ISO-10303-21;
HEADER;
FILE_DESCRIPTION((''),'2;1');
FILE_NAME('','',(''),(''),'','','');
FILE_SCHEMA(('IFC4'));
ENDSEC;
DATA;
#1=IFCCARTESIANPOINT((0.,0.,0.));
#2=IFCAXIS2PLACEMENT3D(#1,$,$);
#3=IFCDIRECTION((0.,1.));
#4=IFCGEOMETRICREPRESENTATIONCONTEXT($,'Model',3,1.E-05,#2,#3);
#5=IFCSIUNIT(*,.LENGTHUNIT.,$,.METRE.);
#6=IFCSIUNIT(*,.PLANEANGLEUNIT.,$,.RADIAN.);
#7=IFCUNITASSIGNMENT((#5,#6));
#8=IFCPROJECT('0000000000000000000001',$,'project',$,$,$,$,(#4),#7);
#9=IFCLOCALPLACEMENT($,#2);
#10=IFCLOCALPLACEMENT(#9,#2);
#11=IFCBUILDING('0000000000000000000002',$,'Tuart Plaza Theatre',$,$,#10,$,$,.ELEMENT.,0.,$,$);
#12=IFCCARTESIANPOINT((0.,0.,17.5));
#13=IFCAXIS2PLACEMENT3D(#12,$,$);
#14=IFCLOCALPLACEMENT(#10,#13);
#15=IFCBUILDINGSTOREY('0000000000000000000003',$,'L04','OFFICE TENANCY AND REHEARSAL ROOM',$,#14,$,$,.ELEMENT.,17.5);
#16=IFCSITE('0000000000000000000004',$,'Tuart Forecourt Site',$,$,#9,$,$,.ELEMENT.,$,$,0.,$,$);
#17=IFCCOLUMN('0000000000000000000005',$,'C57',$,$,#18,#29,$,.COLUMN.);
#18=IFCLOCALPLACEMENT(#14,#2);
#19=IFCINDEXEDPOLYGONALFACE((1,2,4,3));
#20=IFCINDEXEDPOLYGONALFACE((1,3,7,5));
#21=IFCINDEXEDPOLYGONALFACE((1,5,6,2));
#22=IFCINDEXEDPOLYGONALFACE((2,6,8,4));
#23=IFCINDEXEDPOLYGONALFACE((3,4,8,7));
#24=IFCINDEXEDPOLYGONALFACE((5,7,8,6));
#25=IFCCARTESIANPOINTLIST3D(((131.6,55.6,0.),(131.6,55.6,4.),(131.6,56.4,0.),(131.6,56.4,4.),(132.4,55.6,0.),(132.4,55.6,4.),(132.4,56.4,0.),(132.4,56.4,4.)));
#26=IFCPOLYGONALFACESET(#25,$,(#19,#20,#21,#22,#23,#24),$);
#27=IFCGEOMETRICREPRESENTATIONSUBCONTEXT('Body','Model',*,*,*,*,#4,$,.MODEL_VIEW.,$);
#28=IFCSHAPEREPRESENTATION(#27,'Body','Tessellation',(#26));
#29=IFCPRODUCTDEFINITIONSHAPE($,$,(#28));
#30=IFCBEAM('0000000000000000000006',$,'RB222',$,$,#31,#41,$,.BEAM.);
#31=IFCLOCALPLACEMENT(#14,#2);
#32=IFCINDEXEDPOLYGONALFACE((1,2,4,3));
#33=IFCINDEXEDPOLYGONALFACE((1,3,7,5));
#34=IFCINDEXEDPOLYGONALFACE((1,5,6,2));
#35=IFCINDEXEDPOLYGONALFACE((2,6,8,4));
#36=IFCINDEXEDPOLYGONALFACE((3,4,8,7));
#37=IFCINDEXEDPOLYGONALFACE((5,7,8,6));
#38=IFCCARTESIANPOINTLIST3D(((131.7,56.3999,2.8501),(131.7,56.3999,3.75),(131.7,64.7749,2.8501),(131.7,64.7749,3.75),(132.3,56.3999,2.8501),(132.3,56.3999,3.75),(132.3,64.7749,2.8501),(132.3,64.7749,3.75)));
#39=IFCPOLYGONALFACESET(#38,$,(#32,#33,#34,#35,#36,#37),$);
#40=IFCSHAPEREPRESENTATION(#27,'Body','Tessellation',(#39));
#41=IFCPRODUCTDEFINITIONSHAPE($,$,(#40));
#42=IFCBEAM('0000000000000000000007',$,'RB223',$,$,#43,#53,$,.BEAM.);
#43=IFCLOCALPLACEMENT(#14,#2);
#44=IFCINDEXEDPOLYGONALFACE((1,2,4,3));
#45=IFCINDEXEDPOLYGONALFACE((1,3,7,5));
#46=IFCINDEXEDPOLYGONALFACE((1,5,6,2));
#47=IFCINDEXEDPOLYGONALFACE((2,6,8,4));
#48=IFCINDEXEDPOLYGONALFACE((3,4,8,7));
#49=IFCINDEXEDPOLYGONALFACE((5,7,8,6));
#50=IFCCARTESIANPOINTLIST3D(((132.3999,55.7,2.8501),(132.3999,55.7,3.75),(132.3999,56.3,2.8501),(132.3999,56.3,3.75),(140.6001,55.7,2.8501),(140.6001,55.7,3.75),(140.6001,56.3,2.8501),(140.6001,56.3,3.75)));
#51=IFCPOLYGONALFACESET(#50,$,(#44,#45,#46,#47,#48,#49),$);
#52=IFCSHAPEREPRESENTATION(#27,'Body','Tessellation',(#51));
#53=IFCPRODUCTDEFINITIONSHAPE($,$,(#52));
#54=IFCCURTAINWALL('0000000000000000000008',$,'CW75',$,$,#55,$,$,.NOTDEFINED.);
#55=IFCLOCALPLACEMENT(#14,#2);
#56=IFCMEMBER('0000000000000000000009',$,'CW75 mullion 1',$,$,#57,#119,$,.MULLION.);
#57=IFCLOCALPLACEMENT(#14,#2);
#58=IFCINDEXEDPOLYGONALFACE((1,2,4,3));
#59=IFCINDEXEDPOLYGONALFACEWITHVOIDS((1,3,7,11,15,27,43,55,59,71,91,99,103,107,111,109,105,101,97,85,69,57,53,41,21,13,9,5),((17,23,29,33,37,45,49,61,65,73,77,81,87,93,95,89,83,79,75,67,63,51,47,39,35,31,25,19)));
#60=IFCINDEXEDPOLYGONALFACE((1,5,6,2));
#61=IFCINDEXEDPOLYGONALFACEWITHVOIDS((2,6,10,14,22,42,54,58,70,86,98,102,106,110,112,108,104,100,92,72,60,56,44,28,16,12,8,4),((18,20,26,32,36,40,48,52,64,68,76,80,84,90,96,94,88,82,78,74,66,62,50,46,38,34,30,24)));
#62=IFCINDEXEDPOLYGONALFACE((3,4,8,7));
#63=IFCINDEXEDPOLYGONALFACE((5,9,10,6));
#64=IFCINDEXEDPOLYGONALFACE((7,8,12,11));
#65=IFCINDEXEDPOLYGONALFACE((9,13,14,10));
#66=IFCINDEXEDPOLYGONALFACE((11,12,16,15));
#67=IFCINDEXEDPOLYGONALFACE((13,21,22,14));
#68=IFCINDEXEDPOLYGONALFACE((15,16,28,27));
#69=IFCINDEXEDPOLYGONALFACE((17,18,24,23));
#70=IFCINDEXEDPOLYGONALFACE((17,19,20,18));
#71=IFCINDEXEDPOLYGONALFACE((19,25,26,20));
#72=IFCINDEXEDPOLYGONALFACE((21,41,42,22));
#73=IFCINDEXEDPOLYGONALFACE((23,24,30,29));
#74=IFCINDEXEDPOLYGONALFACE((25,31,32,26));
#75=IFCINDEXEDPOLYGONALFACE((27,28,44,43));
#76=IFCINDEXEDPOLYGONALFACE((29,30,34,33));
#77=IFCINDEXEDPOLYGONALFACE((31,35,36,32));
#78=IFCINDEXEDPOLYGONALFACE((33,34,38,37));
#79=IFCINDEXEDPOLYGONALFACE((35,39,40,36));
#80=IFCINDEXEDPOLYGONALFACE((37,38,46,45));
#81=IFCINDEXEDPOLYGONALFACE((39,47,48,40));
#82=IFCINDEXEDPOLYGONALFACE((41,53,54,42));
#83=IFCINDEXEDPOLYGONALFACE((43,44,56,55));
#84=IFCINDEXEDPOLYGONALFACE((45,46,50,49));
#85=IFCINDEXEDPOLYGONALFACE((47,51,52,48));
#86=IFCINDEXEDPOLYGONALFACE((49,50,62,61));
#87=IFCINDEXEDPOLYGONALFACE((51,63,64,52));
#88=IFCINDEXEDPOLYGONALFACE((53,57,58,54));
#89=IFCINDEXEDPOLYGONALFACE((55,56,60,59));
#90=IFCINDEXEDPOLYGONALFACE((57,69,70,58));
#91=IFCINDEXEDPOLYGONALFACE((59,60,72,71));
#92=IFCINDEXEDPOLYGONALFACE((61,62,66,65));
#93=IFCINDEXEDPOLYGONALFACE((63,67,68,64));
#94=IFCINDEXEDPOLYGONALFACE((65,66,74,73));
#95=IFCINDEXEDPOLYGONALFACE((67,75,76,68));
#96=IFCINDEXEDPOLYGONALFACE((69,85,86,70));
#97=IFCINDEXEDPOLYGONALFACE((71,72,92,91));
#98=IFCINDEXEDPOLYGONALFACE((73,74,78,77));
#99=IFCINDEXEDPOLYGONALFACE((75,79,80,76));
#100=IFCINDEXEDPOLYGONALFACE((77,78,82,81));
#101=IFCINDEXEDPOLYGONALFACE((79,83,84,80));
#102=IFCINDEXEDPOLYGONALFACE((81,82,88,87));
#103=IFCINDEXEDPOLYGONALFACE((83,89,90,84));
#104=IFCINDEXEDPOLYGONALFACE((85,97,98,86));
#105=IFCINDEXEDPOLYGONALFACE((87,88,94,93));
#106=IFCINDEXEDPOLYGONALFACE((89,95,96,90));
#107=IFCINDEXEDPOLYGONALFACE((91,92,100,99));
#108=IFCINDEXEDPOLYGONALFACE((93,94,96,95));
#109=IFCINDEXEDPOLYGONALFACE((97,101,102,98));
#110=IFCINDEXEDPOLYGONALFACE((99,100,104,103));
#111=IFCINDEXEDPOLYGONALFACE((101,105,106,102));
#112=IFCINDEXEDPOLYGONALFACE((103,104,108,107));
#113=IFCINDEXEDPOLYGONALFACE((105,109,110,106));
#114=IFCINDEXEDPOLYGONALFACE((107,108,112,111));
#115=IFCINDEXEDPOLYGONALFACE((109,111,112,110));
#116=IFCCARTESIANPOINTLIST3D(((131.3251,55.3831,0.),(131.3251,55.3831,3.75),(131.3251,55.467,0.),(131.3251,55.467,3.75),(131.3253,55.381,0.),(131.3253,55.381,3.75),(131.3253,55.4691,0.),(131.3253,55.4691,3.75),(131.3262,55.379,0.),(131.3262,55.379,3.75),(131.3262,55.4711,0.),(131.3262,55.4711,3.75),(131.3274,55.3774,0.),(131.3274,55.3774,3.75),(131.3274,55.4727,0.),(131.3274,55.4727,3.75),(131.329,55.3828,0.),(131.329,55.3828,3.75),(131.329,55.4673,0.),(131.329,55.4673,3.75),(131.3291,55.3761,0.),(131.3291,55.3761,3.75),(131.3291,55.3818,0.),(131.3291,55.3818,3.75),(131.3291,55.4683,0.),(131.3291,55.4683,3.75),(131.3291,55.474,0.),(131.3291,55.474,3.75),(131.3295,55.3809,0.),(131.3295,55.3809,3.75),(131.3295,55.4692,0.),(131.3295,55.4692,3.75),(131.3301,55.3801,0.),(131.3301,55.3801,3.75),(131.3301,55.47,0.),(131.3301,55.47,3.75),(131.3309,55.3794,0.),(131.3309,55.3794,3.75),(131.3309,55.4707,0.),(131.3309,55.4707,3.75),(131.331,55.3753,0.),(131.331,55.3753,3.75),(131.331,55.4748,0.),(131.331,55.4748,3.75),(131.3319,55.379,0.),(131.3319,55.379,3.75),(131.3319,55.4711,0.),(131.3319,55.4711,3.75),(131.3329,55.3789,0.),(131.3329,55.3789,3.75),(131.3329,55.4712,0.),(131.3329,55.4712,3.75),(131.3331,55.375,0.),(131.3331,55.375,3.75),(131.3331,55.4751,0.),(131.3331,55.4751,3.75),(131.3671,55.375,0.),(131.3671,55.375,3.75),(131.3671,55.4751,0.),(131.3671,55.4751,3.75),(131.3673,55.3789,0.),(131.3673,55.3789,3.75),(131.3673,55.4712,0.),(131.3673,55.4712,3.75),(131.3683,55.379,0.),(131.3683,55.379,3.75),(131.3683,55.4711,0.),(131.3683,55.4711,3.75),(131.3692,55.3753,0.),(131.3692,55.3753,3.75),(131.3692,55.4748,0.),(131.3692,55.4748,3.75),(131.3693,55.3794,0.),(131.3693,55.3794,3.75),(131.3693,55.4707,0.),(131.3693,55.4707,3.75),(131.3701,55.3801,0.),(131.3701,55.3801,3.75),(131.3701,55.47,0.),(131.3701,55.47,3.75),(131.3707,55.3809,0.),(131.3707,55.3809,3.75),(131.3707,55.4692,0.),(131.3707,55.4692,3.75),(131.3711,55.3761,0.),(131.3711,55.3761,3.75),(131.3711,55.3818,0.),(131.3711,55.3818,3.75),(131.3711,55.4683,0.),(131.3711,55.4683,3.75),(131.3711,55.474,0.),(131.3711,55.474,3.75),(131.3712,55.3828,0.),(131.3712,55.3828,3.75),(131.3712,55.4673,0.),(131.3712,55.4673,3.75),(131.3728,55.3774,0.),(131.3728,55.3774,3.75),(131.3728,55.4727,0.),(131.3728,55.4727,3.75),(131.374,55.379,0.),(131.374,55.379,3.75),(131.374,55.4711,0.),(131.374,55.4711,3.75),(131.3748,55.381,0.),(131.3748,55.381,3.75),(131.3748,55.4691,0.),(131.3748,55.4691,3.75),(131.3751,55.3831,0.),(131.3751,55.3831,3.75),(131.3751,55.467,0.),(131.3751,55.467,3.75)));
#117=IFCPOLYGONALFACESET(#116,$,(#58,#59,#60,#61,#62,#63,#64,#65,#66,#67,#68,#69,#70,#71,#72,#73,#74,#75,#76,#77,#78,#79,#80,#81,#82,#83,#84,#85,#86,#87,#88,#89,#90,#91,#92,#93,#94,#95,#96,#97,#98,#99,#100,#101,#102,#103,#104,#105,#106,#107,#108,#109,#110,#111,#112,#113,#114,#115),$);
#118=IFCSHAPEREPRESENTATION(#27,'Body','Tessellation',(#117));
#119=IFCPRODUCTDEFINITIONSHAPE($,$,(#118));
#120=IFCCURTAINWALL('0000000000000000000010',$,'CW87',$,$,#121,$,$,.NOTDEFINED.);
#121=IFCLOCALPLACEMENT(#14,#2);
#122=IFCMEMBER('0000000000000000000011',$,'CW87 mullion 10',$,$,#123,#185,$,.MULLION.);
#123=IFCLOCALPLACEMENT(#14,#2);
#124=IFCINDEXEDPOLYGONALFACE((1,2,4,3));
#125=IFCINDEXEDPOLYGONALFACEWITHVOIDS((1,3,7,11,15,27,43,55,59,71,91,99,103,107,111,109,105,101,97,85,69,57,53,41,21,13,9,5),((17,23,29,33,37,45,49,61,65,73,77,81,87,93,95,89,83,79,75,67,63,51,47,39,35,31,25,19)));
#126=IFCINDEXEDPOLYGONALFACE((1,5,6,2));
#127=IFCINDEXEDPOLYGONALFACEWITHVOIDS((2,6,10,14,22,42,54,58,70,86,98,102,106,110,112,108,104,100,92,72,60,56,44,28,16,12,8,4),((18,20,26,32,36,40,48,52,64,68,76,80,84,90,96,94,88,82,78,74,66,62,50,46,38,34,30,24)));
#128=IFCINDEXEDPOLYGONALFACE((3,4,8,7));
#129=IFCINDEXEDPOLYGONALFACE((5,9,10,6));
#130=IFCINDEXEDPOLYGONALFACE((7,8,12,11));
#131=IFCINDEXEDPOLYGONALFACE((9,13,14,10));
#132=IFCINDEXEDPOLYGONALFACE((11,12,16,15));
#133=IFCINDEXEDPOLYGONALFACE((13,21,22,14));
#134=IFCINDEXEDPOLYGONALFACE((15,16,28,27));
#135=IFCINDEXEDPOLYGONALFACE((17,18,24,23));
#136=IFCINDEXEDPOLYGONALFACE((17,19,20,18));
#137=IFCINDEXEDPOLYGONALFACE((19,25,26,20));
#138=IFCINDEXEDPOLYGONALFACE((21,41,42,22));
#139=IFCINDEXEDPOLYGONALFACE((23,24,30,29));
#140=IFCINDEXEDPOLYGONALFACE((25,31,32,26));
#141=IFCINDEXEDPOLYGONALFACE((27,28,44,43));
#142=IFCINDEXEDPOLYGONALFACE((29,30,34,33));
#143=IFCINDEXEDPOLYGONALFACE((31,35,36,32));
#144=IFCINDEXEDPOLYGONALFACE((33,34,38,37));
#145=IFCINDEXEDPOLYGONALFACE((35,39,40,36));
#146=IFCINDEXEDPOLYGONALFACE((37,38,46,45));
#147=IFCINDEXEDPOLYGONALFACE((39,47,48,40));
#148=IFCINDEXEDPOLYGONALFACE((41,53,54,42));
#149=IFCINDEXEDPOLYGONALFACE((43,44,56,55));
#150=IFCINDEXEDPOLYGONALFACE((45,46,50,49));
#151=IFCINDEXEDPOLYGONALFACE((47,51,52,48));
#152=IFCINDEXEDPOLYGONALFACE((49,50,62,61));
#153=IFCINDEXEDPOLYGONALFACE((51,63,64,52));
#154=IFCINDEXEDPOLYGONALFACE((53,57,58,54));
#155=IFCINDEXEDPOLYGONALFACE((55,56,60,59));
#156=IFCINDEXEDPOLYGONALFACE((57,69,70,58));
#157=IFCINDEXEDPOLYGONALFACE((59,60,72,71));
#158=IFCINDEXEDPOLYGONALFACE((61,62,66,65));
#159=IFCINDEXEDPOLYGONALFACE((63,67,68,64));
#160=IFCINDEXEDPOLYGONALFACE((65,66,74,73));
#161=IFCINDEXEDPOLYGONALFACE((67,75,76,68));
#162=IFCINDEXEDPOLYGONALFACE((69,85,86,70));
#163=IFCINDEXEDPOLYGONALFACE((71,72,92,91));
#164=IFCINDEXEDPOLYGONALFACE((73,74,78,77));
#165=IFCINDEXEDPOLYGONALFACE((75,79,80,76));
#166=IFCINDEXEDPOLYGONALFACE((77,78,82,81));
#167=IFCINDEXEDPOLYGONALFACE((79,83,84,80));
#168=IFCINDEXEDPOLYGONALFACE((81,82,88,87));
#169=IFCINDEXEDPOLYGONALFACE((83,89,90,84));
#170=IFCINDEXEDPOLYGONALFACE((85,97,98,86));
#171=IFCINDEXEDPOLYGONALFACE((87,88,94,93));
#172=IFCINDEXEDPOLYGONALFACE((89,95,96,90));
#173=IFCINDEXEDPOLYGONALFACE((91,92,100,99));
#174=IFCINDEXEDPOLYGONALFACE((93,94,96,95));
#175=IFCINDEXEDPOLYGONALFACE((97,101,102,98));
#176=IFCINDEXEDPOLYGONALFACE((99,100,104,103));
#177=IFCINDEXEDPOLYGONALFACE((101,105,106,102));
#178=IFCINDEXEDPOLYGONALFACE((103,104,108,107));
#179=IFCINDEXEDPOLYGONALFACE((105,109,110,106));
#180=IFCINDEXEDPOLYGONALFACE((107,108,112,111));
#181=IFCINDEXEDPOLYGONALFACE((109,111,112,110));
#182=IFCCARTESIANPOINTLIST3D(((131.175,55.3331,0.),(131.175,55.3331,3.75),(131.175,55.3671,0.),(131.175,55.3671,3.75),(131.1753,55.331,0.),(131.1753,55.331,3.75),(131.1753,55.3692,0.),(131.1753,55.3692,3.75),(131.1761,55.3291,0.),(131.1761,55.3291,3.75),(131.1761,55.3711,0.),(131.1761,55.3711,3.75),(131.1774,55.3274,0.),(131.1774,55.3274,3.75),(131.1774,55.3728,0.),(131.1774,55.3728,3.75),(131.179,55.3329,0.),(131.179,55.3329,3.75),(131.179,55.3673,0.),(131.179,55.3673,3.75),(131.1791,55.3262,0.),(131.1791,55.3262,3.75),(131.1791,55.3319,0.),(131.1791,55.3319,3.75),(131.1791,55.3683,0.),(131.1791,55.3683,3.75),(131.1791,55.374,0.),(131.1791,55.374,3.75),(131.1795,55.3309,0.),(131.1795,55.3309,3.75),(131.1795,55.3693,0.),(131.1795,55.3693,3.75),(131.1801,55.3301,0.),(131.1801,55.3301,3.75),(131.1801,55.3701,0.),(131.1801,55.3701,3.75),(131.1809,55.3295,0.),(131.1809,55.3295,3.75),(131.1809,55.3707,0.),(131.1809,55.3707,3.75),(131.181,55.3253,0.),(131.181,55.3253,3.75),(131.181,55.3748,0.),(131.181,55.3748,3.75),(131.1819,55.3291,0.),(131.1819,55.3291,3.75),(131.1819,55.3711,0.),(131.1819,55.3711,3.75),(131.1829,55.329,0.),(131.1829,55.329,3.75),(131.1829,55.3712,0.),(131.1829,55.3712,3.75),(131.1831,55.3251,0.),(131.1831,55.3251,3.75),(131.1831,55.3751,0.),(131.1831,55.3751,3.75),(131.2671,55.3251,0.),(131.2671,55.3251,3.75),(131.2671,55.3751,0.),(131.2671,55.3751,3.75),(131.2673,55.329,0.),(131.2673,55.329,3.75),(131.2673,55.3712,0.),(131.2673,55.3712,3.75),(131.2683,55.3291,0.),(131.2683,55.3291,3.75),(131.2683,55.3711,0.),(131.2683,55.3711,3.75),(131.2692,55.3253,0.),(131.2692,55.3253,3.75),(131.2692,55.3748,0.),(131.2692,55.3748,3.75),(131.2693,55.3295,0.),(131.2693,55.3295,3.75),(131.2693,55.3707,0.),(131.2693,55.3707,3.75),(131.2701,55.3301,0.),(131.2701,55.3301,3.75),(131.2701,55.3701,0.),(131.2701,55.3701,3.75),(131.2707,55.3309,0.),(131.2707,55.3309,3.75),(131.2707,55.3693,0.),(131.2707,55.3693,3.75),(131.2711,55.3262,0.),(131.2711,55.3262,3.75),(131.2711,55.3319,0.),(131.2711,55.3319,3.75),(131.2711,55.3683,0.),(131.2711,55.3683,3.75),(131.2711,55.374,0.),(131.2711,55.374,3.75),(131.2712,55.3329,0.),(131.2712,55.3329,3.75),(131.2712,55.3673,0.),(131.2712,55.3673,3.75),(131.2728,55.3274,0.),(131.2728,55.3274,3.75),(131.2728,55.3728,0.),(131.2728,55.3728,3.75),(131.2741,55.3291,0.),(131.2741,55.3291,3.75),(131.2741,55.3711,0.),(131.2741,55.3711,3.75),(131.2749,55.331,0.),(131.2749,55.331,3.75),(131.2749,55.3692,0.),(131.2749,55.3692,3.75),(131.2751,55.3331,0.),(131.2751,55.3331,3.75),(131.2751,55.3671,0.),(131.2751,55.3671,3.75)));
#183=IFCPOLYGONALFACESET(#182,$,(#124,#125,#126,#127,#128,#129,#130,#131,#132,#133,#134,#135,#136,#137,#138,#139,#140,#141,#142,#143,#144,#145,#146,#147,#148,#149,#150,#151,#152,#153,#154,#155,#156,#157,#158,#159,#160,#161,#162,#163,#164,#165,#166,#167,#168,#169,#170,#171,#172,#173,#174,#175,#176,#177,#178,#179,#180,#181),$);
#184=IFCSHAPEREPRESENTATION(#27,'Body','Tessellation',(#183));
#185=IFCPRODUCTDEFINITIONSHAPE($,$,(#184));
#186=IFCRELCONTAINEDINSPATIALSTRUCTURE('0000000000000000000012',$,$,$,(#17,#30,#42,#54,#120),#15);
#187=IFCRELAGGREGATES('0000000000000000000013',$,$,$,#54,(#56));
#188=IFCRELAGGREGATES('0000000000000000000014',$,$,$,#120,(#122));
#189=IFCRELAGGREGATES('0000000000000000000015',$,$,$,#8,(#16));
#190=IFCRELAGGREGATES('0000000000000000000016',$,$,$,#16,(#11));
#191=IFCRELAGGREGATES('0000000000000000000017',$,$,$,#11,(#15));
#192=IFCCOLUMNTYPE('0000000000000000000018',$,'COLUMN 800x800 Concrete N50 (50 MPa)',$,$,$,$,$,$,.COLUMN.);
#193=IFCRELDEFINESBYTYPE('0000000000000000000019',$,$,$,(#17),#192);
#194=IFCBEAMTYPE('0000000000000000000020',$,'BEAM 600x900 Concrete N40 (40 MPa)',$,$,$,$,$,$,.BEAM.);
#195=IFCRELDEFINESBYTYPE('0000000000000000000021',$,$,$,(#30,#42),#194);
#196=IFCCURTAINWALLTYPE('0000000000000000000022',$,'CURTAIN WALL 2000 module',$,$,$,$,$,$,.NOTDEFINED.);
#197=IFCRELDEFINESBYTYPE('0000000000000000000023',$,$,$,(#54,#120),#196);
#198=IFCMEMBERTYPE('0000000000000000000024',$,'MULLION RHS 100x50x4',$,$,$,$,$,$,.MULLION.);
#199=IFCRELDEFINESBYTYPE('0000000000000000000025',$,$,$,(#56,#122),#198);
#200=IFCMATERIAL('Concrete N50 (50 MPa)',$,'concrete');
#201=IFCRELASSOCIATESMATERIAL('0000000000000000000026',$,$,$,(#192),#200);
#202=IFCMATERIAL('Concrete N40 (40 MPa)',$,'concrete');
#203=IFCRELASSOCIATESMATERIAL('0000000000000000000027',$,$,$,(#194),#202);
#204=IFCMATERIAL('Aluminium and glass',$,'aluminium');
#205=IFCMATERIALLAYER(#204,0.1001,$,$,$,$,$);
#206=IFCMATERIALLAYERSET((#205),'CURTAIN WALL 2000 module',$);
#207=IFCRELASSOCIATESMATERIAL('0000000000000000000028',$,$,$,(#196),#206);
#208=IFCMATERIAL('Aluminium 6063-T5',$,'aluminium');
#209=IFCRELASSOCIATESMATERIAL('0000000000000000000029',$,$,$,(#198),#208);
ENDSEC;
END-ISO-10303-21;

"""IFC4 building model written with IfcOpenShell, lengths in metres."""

from ifc_helpers import new_model, si_unit, direction, frame, origin, origin_2d, place, context, subcontext, project, spatial, rectangle, hollow_rectangle, extrude, material, layer, layer_set, material_profile, profile_set, type_object, element, aggregate, save


model = new_model("IFC4")

# Units and contexts
model_context = context("Model", 3, precision=1e-05, world=origin(), true_north=direction((0.0, 1.0)))
body_context = subcontext(model_context, "Body", "Model", "MODEL_VIEW")
ifc_project = project(units=[si_unit("LENGTHUNIT", "METRE"), si_unit("PLANEANGLEUNIT", "RADIAN")], contexts=[model_context])

# Site, building, storey
site_placement = place(None, origin())
site = spatial("IfcSite", under=ifc_project, at=site_placement, Name="Tuart Forecourt Site", CompositionType="ELEMENT", RefElevation=0.0)
building_placement = place(site_placement, origin())
building = spatial("IfcBuilding", under=site, at=building_placement, Name="Tuart Plaza Theatre", CompositionType="ELEMENT", ElevationOfRefHeight=0.0)
storey_placement = place(building_placement, frame((0.0, 0.0, 17.5)))
storey = spatial("IfcBuildingStorey", under=building, at=storey_placement, Name="L04", Description="OFFICE TENANCY AND REHEARSAL ROOM", CompositionType="ELEMENT", Elevation=17.5)

# Column
ifc_material_1 = material(Name="Concrete N50 (50 MPa)", Category="concrete")
ifc_material_profile_1 = material_profile(ifc_material_1, rectangle(XDim=0.8, YDim=0.8, at=origin_2d()), Name="COLUMN 800x800 Concrete N50 (50 MPa)")
ifc_profile_set_1 = profile_set([ifc_material_profile_1], Name="Concrete N50 (50 MPa)")
column_type = type_object("IfcColumnType", Name="COLUMN 800x800 Concrete N50 (50 MPa)", PredefinedType="COLUMN", material=ifc_profile_set_1)
column_placement = place(storey_placement, frame((132.0, 56.0, 0.0), z_axis=(0.0, 0.0, 1.0), x_axis=(1.0, 0.0, 0.0)))
element("IfcColumn", 1, at=column_placement, inside=storey, type_object=column_type, Name="C57", PredefinedType="COLUMN", context=body_context, shape_type="SweptSolid", body=[
    extrude(rectangle(XDim=0.8, YDim=0.8, at=origin_2d()), origin(), (0.0, 0.0, 1.0), 4.0),
])

# Beams
ifc_material_2 = material(Name="Concrete N40 (40 MPa)", Category="concrete")
ifc_material_profile_2 = material_profile(ifc_material_2, rectangle(XDim=0.6001, YDim=0.8999, at=origin_2d()), Name="BEAM 600x900 Concrete N40 (40 MPa)")
ifc_profile_set_2 = profile_set([ifc_material_profile_2], Name="Concrete N40 (40 MPa)")
beam_type = type_object("IfcBeamType", Name="BEAM 600x900 Concrete N40 (40 MPa)", PredefinedType="BEAM", material=ifc_profile_set_2)
beam_1_placement = place(storey_placement, frame((132.0, 56.3999, 3.3), z_axis=(0.0, 1.0, 0.0), x_axis=(-1.0, 0.0, 0.0)))
element("IfcBeam", 2, at=beam_1_placement, inside=storey, type_object=beam_type, Name="RB222", PredefinedType="BEAM", context=body_context, shape_type="SweptSolid", body=[
    extrude(rectangle(XDim=0.6001, YDim=0.8999, at=origin_2d()), origin(), (0.0, 0.0, 1.0), 8.375),
])
beam_2_placement = place(storey_placement, frame((132.3999, 56.0, 3.3), z_axis=(1.0, 0.0, 0.0), x_axis=(0.0, 1.0, 0.0)))
element("IfcBeam", 3, at=beam_2_placement, inside=storey, type_object=beam_type, Name="RB223", PredefinedType="BEAM", context=body_context, shape_type="SweptSolid", body=[
    extrude(rectangle(XDim=0.6001, YDim=0.8999, at=origin_2d()), origin(), (0.0, 0.0, 1.0), 8.2002),
])

# Curtain walls, members
ifc_material_3 = material(Name="Aluminium and glass", Category="aluminium")
ifc_layer_1 = layer(ifc_material_3, 0.1001)
ifc_layer_set_1 = layer_set([ifc_layer_1], Name="CURTAIN WALL 2000 module")
curtain_wall_type = type_object("IfcCurtainWallType", Name="CURTAIN WALL 2000 module", PredefinedType="NOTDEFINED", material=ifc_layer_set_1)
curtain_wall_1_placement = place(storey_placement, origin())
curtain_wall_1 = element("IfcCurtainWall", 4, at=curtain_wall_1_placement, inside=storey, type_object=curtain_wall_type, Name="CW75", PredefinedType="NOTDEFINED")
ifc_material_4 = material(Name="Aluminium 6063-T5", Category="aluminium")
ifc_material_profile_3 = material_profile(ifc_material_4, hollow_rectangle(XDim=0.05, YDim=0.1001, WallThickness=0.0039, InnerFilletRadius=0.0039, OuterFilletRadius=0.0081, at=origin_2d()), Name="RHS 100x50x4")
ifc_profile_set_3 = profile_set([ifc_material_profile_3], Name="Aluminium 6063-T5")
member_type_1 = type_object("IfcMemberType", Name="MULLION RHS 100x50x4", PredefinedType="MULLION", material=ifc_profile_set_3)
member_1_placement = place(storey_placement, frame((131.3501, 55.425, 0.0), z_axis=(0.0, 0.0, 1.0), x_axis=(1.0, 0.0, 0.0)))
member_1 = element("IfcMember", 5, at=member_1_placement, type_object=member_type_1, Name="CW75 mullion 1", PredefinedType="MULLION", context=body_context, shape_type="SweptSolid", body=[
    extrude(hollow_rectangle(XDim=0.05, YDim=0.1001, WallThickness=0.0039, InnerFilletRadius=0.0039, OuterFilletRadius=0.0081, at=origin_2d()), origin(), (0.0, 0.0, 1.0), 3.75),
])
curtain_wall_2_placement = place(storey_placement, origin())
curtain_wall_2 = element("IfcCurtainWall", 6, at=curtain_wall_2_placement, inside=storey, type_object=curtain_wall_type, Name="CW87", PredefinedType="NOTDEFINED")
member_2_placement = place(storey_placement, frame((131.2251, 55.3501, 0.0), z_axis=(0.0, 0.0, 1.0), x_axis=(0.0, 1.0, 0.0)))
member_2 = element("IfcMember", 7, at=member_2_placement, type_object=member_type_1, Name="CW87 mullion 10", PredefinedType="MULLION", context=body_context, shape_type="SweptSolid", body=[
    extrude(hollow_rectangle(XDim=0.05, YDim=0.1001, WallThickness=0.0039, InnerFilletRadius=0.0039, OuterFilletRadius=0.0081, at=origin_2d()), origin(), (0.0, 0.0, 1.0), 3.75),
])

aggregate(curtain_wall_1, [member_1])

aggregate(curtain_wall_2, [member_2])

save(model, "model.ifc")
